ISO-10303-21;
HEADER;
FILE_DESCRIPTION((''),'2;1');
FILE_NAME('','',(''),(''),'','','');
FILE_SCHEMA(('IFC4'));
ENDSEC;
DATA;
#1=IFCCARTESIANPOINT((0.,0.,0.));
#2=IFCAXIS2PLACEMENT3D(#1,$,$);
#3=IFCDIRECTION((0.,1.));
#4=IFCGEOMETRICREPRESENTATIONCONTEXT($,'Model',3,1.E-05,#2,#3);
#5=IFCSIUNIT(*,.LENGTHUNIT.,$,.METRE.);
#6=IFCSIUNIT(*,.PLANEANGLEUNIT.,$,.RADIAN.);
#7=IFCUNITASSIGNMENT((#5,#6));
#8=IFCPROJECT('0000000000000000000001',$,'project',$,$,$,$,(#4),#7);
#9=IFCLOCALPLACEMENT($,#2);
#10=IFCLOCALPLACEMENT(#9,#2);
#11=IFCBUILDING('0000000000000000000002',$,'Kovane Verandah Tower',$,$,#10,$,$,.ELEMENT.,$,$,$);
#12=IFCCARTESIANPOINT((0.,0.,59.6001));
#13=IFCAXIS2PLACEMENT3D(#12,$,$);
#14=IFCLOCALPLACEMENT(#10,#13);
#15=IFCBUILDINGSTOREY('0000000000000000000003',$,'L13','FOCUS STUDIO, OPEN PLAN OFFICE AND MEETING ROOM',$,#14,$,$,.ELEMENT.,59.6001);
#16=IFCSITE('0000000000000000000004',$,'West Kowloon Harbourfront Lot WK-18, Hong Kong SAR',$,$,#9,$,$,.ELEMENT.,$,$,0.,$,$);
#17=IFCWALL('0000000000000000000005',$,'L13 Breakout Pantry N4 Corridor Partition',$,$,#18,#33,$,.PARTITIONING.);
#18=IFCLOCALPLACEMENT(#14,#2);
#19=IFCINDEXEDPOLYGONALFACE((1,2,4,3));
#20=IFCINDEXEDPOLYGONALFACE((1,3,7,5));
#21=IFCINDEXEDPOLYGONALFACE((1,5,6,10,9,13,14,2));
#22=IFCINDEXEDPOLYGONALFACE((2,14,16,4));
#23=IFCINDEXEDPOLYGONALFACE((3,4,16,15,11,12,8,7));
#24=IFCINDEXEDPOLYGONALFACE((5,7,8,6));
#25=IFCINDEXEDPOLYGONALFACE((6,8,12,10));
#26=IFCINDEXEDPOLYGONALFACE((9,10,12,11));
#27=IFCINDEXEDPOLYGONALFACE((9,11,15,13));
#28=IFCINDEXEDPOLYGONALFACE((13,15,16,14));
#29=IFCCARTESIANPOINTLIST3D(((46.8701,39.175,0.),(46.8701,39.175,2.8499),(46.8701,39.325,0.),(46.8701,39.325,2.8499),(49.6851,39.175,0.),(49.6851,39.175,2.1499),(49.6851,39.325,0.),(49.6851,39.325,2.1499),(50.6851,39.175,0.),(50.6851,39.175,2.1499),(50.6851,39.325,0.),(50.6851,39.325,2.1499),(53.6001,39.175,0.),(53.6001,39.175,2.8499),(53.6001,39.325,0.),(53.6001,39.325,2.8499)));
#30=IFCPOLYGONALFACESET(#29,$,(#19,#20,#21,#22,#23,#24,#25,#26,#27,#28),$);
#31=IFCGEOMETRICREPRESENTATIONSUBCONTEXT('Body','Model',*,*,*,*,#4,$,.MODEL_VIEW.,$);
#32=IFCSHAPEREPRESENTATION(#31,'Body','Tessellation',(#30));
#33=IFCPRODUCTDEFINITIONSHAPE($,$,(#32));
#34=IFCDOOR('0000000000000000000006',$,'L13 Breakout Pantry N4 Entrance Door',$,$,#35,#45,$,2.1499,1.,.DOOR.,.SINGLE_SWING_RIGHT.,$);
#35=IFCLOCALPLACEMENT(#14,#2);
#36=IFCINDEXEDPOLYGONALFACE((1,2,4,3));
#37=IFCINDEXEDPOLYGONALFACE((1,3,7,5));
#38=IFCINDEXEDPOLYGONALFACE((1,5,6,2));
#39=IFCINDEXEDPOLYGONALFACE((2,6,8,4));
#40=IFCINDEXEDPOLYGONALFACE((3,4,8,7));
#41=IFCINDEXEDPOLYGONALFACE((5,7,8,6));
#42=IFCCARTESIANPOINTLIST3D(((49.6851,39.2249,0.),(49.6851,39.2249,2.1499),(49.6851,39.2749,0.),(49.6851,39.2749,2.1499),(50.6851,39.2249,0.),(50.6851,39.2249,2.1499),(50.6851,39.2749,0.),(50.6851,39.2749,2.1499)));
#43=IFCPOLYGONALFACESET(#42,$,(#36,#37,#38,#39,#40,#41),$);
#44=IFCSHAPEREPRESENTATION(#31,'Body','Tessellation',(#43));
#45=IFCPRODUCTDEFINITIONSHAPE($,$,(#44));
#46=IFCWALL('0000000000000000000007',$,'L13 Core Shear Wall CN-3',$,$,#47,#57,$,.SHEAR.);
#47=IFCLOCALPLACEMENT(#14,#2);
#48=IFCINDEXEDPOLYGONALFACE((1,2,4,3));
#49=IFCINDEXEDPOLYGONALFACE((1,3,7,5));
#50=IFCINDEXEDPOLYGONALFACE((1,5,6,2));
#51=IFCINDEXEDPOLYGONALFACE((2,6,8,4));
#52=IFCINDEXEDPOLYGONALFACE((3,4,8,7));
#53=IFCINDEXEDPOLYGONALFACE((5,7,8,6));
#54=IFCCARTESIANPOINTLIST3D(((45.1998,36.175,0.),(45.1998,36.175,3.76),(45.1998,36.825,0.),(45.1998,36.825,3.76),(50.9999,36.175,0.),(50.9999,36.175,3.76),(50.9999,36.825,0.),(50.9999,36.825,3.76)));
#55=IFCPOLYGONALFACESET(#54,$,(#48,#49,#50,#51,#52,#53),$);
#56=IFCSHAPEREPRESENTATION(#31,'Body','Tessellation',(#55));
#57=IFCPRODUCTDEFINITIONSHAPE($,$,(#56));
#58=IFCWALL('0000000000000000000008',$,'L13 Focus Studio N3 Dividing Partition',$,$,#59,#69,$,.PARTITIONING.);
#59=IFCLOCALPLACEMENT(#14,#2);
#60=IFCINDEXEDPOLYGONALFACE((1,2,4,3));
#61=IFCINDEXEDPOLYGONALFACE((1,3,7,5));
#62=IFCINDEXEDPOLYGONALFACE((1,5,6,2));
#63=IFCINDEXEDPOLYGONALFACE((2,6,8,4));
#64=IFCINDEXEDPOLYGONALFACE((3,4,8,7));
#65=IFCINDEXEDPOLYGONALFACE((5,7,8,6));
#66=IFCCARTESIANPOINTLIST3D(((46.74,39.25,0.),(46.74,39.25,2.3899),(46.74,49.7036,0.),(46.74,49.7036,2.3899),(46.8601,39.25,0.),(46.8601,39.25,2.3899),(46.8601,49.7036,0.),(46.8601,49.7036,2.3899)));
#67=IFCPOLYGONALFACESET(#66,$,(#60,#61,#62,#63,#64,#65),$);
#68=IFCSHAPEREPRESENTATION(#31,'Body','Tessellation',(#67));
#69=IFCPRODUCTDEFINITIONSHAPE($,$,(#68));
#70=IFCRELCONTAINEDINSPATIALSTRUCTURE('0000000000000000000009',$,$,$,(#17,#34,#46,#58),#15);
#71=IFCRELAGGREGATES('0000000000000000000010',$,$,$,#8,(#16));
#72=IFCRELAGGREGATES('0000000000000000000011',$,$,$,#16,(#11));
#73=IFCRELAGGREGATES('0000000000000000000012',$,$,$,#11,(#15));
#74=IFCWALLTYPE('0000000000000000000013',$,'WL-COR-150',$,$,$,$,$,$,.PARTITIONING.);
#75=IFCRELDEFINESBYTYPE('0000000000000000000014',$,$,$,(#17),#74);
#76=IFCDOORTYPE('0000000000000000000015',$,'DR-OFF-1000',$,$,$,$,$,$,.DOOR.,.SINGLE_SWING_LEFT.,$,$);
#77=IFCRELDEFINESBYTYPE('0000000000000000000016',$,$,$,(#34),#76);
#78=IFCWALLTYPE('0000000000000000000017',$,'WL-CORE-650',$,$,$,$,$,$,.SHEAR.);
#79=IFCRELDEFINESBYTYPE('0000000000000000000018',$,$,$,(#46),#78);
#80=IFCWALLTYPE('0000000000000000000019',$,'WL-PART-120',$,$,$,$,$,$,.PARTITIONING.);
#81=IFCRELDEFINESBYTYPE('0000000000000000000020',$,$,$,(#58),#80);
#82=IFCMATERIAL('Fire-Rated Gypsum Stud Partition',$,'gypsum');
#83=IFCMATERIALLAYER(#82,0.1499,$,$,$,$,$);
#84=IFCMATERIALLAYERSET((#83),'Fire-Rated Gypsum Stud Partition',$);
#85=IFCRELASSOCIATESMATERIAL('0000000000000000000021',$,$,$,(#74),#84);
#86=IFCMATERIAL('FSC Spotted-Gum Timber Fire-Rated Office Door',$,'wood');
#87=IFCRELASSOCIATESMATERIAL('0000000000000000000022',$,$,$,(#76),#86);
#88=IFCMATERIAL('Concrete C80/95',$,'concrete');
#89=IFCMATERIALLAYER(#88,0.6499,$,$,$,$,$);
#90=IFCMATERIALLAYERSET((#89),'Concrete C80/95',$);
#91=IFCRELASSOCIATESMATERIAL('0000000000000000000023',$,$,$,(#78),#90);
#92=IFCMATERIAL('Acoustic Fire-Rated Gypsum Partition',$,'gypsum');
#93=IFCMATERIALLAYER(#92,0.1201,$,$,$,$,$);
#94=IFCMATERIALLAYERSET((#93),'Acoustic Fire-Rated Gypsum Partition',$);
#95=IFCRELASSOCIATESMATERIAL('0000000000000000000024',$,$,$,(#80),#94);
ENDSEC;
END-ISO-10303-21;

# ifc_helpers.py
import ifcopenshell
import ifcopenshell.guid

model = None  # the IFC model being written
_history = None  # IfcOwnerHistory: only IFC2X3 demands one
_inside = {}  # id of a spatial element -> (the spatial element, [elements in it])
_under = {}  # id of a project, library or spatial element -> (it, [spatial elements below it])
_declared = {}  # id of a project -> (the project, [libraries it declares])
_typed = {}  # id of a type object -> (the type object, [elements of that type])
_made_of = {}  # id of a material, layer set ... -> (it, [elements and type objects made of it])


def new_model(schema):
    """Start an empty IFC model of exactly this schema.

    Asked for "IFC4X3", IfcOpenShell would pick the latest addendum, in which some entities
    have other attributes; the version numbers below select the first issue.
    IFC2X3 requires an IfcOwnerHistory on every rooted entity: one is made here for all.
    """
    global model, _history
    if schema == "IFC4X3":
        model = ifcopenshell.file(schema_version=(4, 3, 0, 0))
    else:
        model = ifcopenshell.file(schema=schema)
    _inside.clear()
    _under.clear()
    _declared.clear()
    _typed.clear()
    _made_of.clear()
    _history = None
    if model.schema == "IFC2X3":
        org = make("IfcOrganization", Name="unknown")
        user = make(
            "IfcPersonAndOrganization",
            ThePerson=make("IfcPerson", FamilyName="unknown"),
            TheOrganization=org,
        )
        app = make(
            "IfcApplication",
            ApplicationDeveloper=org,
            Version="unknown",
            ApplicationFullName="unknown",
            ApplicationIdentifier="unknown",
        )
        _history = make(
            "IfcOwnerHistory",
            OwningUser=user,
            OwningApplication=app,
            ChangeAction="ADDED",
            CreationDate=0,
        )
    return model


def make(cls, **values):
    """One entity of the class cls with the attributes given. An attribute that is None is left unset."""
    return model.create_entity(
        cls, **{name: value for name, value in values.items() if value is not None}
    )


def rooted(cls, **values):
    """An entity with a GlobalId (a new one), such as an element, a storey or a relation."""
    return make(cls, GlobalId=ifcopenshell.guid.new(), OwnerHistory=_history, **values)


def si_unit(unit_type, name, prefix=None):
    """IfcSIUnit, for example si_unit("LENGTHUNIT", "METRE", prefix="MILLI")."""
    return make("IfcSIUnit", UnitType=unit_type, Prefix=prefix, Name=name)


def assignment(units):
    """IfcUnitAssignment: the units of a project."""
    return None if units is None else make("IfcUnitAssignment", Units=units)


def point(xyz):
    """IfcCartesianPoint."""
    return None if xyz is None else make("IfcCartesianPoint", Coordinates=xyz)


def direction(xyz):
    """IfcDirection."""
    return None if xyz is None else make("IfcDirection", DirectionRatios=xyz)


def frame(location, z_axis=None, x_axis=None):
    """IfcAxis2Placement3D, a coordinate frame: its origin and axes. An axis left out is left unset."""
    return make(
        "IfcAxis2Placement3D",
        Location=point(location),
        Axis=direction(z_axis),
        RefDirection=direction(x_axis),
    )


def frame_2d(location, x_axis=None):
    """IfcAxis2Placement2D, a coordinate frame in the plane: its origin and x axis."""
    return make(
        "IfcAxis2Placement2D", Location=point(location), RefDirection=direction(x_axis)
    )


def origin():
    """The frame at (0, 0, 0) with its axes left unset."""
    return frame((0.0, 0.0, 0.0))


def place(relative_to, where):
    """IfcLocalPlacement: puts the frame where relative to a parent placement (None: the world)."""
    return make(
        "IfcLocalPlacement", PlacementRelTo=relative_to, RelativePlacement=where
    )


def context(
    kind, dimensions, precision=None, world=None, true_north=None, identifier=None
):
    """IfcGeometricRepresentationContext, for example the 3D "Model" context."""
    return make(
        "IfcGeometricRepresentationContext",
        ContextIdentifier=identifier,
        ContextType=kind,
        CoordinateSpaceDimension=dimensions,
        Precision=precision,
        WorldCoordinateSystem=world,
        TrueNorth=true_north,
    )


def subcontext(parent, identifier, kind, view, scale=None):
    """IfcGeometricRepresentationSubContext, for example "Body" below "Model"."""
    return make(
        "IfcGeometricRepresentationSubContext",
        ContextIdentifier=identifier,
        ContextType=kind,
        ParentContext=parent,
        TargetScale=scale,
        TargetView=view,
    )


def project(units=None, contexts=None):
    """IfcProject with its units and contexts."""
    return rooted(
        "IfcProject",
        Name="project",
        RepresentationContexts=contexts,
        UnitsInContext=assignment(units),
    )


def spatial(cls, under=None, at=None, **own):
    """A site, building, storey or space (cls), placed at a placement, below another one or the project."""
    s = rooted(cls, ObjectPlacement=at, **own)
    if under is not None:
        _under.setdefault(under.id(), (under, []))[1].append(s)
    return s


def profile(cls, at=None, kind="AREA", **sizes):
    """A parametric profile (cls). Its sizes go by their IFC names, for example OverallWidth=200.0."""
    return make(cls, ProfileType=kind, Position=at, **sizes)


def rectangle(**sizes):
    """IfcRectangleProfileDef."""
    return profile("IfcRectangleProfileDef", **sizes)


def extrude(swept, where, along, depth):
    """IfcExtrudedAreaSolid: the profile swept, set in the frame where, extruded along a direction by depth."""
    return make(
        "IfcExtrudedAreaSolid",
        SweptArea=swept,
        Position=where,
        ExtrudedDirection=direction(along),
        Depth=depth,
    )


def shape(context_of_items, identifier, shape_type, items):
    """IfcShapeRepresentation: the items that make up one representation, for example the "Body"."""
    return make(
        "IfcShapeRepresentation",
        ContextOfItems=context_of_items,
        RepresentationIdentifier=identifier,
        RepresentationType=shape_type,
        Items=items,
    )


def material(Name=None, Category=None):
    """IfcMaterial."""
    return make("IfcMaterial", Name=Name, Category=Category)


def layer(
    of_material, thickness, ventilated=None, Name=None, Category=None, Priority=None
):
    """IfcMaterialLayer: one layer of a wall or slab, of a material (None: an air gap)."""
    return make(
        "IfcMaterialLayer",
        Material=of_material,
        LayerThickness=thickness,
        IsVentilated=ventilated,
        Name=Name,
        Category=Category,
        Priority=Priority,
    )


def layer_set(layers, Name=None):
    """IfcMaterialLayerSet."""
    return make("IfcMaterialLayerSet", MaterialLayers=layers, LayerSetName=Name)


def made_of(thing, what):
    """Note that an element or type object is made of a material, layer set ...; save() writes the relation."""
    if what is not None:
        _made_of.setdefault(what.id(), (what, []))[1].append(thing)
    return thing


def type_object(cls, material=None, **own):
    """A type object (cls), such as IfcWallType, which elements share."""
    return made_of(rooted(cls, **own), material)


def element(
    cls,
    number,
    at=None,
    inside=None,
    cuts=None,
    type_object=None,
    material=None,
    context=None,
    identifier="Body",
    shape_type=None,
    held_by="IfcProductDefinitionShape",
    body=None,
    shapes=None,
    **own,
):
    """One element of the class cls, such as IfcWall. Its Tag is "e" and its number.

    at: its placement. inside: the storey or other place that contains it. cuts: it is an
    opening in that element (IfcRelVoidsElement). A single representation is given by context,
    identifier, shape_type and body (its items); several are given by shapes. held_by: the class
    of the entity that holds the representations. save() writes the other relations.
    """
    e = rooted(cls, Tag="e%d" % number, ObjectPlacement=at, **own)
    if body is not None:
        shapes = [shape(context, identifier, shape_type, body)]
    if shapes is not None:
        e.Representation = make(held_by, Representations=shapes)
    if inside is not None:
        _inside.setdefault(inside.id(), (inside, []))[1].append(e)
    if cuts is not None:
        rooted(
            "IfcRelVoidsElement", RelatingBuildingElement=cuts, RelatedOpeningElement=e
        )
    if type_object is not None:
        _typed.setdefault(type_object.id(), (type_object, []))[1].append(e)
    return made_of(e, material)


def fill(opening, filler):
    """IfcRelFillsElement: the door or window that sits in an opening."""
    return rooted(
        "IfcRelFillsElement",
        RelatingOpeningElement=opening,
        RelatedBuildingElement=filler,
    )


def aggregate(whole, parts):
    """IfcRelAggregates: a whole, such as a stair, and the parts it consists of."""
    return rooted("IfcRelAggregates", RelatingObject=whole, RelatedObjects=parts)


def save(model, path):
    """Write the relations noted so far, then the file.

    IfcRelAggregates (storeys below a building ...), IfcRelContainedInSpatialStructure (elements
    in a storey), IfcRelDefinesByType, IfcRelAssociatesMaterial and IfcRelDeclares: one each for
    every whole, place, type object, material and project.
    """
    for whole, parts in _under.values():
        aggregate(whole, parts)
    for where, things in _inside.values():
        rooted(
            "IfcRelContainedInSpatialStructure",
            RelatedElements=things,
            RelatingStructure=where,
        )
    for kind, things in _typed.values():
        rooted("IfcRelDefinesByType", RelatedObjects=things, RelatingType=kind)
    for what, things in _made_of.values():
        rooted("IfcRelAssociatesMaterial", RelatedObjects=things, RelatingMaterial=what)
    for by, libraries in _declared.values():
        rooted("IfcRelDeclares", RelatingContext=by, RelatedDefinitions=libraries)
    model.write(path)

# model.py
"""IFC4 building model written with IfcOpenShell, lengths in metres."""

from ifc_helpers import new_model, si_unit, direction, frame, frame_2d, origin, place, context, subcontext, project, spatial, rectangle, extrude, material, layer, layer_set, type_object, element, fill, save


model = new_model("IFC4")

# Units and contexts
model_context = context("Model", 3, precision=1e-05, world=origin(), true_north=direction((0.0, 1.0)))
body_context = subcontext(model_context, "Body", "Model", "MODEL_VIEW")
ifc_project = project(units=[si_unit("LENGTHUNIT", "METRE"), si_unit("PLANEANGLEUNIT", "RADIAN")], contexts=[model_context])

# Site, building, storey
site_placement = place(None, origin())
site = spatial("IfcSite", under=ifc_project, at=site_placement, Name="West Kowloon Harbourfront Lot WK-18, Hong Kong SAR", CompositionType="ELEMENT", RefElevation=0.0)
building_placement = place(site_placement, origin())
building = spatial("IfcBuilding", under=site, at=building_placement, Name="Kovane Verandah Tower", CompositionType="ELEMENT")
storey_placement = place(building_placement, frame((0.0, 0.0, 59.6001)))
storey = spatial("IfcBuildingStorey", under=building, at=storey_placement, Name="L13", Description="FOCUS STUDIO, OPEN PLAN OFFICE AND MEETING ROOM", CompositionType="ELEMENT", Elevation=59.6001)

# Shared definitions
ifc_material_1 = material(Name="Concrete C80/95", Category="concrete")

# Wall, opening, door
ifc_material_2 = material(Name="Fire-Rated Gypsum Stud Partition", Category="gypsum")
ifc_layer_1 = layer(ifc_material_2, 0.1499)
ifc_layer_set_1 = layer_set([ifc_layer_1], Name="Fire-Rated Gypsum Stud Partition")
wall_type_1 = type_object("IfcWallType", Name="WL-COR-150", PredefinedType="PARTITIONING", material=ifc_layer_set_1)
wall_1_placement = place(storey_placement, frame((46.8701, 39.25, 0.0), z_axis=(0.0, 0.0, 1.0), x_axis=(1.0, 0.0, 0.0)))
wall_1 = element("IfcWall", 1, at=wall_1_placement, inside=storey, type_object=wall_type_1, Name="L13 Breakout Pantry N4 Corridor Partition", PredefinedType="PARTITIONING", context=body_context, shape_type="SweptSolid", body=[
    extrude(rectangle(XDim=6.73, YDim=0.1499, at=frame_2d((3.365, 0.0))), origin(), (0.0, 0.0, 1.0), 2.8499),
])
opening_placement = place(wall_1_placement, frame((2.8149, 0.0, 0.0)))
opening = element("IfcOpeningElement", 2, at=opening_placement, cuts=wall_1, PredefinedType="OPENING", context=body_context, shape_type="SweptSolid", body=[
    extrude(rectangle(XDim=1.0, YDim=2.1499, at=frame_2d((0.5, 1.075))), frame((0.0, 0.075, 0.0), z_axis=(0.0, -1.0, 0.0), x_axis=(1.0, 0.0, 0.0)), (0.0, 0.0, 1.0), 0.1499),
])
ifc_material_3 = material(Name="FSC Spotted-Gum Timber Fire-Rated Office Door", Category="wood")
door_type = type_object("IfcDoorType", Name="DR-OFF-1000", OperationType="SINGLE_SWING_LEFT", PredefinedType="DOOR", material=ifc_material_3)
door_placement = place(opening_placement, origin())
door = element("IfcDoor", 3, at=door_placement, inside=storey, type_object=door_type, Name="L13 Breakout Pantry N4 Entrance Door", OperationType="SINGLE_SWING_RIGHT", OverallHeight=2.1499, OverallWidth=1.0, PredefinedType="DOOR", context=body_context, shape_type="SweptSolid", body=[
    extrude(rectangle(XDim=1.0, YDim=2.1499, at=frame_2d((0.5, 1.075))), frame((0.0, 0.0249, 0.0), z_axis=(0.0, -1.0, 0.0), x_axis=(1.0, 0.0, 0.0)), (0.0, 0.0, 1.0), 0.05),
])
fill(opening, door)

# Walls
ifc_layer_2 = layer(ifc_material_1, 0.6499)
ifc_layer_set_2 = layer_set([ifc_layer_2], Name="Concrete C80/95")
wall_type_2 = type_object("IfcWallType", Name="WL-CORE-650", PredefinedType="SHEAR", material=ifc_layer_set_2)
wall_2_placement = place(storey_placement, frame((45.2, 36.5, 0.0), z_axis=(0.0, 0.0, 1.0), x_axis=(1.0, 0.0, 0.0)))
element("IfcWall", 4, at=wall_2_placement, inside=storey, type_object=wall_type_2, Name="L13 Core Shear Wall CN-3", PredefinedType="SHEAR", context=body_context, shape_type="SweptSolid", body=[
    extrude(rectangle(XDim=5.8, YDim=0.6499, at=frame_2d((2.8999, 0.0))), origin(), (0.0, 0.0, 1.0), 3.76),
])
ifc_material_4 = material(Name="Acoustic Fire-Rated Gypsum Partition", Category="gypsum")
ifc_layer_3 = layer(ifc_material_4, 0.1201)
ifc_layer_set_3 = layer_set([ifc_layer_3], Name="Acoustic Fire-Rated Gypsum Partition")
wall_type_3 = type_object("IfcWallType", Name="WL-PART-120", PredefinedType="PARTITIONING", material=ifc_layer_set_3)
wall_3_placement = place(storey_placement, frame((46.8, 39.25, 0.0), z_axis=(0.0, 0.0, 1.0), x_axis=(0.0, 1.0, 0.0)))
element("IfcWall", 5, at=wall_3_placement, inside=storey, type_object=wall_type_3, Name="L13 Focus Studio N3 Dividing Partition", PredefinedType="PARTITIONING", context=body_context, shape_type="SweptSolid", body=[
    extrude(rectangle(XDim=10.4536, YDim=0.1201, at=frame_2d((5.2268, 0.0))), origin(), (0.0, 0.0, 1.0), 2.3899),
])

save(model, "model.ifc")
